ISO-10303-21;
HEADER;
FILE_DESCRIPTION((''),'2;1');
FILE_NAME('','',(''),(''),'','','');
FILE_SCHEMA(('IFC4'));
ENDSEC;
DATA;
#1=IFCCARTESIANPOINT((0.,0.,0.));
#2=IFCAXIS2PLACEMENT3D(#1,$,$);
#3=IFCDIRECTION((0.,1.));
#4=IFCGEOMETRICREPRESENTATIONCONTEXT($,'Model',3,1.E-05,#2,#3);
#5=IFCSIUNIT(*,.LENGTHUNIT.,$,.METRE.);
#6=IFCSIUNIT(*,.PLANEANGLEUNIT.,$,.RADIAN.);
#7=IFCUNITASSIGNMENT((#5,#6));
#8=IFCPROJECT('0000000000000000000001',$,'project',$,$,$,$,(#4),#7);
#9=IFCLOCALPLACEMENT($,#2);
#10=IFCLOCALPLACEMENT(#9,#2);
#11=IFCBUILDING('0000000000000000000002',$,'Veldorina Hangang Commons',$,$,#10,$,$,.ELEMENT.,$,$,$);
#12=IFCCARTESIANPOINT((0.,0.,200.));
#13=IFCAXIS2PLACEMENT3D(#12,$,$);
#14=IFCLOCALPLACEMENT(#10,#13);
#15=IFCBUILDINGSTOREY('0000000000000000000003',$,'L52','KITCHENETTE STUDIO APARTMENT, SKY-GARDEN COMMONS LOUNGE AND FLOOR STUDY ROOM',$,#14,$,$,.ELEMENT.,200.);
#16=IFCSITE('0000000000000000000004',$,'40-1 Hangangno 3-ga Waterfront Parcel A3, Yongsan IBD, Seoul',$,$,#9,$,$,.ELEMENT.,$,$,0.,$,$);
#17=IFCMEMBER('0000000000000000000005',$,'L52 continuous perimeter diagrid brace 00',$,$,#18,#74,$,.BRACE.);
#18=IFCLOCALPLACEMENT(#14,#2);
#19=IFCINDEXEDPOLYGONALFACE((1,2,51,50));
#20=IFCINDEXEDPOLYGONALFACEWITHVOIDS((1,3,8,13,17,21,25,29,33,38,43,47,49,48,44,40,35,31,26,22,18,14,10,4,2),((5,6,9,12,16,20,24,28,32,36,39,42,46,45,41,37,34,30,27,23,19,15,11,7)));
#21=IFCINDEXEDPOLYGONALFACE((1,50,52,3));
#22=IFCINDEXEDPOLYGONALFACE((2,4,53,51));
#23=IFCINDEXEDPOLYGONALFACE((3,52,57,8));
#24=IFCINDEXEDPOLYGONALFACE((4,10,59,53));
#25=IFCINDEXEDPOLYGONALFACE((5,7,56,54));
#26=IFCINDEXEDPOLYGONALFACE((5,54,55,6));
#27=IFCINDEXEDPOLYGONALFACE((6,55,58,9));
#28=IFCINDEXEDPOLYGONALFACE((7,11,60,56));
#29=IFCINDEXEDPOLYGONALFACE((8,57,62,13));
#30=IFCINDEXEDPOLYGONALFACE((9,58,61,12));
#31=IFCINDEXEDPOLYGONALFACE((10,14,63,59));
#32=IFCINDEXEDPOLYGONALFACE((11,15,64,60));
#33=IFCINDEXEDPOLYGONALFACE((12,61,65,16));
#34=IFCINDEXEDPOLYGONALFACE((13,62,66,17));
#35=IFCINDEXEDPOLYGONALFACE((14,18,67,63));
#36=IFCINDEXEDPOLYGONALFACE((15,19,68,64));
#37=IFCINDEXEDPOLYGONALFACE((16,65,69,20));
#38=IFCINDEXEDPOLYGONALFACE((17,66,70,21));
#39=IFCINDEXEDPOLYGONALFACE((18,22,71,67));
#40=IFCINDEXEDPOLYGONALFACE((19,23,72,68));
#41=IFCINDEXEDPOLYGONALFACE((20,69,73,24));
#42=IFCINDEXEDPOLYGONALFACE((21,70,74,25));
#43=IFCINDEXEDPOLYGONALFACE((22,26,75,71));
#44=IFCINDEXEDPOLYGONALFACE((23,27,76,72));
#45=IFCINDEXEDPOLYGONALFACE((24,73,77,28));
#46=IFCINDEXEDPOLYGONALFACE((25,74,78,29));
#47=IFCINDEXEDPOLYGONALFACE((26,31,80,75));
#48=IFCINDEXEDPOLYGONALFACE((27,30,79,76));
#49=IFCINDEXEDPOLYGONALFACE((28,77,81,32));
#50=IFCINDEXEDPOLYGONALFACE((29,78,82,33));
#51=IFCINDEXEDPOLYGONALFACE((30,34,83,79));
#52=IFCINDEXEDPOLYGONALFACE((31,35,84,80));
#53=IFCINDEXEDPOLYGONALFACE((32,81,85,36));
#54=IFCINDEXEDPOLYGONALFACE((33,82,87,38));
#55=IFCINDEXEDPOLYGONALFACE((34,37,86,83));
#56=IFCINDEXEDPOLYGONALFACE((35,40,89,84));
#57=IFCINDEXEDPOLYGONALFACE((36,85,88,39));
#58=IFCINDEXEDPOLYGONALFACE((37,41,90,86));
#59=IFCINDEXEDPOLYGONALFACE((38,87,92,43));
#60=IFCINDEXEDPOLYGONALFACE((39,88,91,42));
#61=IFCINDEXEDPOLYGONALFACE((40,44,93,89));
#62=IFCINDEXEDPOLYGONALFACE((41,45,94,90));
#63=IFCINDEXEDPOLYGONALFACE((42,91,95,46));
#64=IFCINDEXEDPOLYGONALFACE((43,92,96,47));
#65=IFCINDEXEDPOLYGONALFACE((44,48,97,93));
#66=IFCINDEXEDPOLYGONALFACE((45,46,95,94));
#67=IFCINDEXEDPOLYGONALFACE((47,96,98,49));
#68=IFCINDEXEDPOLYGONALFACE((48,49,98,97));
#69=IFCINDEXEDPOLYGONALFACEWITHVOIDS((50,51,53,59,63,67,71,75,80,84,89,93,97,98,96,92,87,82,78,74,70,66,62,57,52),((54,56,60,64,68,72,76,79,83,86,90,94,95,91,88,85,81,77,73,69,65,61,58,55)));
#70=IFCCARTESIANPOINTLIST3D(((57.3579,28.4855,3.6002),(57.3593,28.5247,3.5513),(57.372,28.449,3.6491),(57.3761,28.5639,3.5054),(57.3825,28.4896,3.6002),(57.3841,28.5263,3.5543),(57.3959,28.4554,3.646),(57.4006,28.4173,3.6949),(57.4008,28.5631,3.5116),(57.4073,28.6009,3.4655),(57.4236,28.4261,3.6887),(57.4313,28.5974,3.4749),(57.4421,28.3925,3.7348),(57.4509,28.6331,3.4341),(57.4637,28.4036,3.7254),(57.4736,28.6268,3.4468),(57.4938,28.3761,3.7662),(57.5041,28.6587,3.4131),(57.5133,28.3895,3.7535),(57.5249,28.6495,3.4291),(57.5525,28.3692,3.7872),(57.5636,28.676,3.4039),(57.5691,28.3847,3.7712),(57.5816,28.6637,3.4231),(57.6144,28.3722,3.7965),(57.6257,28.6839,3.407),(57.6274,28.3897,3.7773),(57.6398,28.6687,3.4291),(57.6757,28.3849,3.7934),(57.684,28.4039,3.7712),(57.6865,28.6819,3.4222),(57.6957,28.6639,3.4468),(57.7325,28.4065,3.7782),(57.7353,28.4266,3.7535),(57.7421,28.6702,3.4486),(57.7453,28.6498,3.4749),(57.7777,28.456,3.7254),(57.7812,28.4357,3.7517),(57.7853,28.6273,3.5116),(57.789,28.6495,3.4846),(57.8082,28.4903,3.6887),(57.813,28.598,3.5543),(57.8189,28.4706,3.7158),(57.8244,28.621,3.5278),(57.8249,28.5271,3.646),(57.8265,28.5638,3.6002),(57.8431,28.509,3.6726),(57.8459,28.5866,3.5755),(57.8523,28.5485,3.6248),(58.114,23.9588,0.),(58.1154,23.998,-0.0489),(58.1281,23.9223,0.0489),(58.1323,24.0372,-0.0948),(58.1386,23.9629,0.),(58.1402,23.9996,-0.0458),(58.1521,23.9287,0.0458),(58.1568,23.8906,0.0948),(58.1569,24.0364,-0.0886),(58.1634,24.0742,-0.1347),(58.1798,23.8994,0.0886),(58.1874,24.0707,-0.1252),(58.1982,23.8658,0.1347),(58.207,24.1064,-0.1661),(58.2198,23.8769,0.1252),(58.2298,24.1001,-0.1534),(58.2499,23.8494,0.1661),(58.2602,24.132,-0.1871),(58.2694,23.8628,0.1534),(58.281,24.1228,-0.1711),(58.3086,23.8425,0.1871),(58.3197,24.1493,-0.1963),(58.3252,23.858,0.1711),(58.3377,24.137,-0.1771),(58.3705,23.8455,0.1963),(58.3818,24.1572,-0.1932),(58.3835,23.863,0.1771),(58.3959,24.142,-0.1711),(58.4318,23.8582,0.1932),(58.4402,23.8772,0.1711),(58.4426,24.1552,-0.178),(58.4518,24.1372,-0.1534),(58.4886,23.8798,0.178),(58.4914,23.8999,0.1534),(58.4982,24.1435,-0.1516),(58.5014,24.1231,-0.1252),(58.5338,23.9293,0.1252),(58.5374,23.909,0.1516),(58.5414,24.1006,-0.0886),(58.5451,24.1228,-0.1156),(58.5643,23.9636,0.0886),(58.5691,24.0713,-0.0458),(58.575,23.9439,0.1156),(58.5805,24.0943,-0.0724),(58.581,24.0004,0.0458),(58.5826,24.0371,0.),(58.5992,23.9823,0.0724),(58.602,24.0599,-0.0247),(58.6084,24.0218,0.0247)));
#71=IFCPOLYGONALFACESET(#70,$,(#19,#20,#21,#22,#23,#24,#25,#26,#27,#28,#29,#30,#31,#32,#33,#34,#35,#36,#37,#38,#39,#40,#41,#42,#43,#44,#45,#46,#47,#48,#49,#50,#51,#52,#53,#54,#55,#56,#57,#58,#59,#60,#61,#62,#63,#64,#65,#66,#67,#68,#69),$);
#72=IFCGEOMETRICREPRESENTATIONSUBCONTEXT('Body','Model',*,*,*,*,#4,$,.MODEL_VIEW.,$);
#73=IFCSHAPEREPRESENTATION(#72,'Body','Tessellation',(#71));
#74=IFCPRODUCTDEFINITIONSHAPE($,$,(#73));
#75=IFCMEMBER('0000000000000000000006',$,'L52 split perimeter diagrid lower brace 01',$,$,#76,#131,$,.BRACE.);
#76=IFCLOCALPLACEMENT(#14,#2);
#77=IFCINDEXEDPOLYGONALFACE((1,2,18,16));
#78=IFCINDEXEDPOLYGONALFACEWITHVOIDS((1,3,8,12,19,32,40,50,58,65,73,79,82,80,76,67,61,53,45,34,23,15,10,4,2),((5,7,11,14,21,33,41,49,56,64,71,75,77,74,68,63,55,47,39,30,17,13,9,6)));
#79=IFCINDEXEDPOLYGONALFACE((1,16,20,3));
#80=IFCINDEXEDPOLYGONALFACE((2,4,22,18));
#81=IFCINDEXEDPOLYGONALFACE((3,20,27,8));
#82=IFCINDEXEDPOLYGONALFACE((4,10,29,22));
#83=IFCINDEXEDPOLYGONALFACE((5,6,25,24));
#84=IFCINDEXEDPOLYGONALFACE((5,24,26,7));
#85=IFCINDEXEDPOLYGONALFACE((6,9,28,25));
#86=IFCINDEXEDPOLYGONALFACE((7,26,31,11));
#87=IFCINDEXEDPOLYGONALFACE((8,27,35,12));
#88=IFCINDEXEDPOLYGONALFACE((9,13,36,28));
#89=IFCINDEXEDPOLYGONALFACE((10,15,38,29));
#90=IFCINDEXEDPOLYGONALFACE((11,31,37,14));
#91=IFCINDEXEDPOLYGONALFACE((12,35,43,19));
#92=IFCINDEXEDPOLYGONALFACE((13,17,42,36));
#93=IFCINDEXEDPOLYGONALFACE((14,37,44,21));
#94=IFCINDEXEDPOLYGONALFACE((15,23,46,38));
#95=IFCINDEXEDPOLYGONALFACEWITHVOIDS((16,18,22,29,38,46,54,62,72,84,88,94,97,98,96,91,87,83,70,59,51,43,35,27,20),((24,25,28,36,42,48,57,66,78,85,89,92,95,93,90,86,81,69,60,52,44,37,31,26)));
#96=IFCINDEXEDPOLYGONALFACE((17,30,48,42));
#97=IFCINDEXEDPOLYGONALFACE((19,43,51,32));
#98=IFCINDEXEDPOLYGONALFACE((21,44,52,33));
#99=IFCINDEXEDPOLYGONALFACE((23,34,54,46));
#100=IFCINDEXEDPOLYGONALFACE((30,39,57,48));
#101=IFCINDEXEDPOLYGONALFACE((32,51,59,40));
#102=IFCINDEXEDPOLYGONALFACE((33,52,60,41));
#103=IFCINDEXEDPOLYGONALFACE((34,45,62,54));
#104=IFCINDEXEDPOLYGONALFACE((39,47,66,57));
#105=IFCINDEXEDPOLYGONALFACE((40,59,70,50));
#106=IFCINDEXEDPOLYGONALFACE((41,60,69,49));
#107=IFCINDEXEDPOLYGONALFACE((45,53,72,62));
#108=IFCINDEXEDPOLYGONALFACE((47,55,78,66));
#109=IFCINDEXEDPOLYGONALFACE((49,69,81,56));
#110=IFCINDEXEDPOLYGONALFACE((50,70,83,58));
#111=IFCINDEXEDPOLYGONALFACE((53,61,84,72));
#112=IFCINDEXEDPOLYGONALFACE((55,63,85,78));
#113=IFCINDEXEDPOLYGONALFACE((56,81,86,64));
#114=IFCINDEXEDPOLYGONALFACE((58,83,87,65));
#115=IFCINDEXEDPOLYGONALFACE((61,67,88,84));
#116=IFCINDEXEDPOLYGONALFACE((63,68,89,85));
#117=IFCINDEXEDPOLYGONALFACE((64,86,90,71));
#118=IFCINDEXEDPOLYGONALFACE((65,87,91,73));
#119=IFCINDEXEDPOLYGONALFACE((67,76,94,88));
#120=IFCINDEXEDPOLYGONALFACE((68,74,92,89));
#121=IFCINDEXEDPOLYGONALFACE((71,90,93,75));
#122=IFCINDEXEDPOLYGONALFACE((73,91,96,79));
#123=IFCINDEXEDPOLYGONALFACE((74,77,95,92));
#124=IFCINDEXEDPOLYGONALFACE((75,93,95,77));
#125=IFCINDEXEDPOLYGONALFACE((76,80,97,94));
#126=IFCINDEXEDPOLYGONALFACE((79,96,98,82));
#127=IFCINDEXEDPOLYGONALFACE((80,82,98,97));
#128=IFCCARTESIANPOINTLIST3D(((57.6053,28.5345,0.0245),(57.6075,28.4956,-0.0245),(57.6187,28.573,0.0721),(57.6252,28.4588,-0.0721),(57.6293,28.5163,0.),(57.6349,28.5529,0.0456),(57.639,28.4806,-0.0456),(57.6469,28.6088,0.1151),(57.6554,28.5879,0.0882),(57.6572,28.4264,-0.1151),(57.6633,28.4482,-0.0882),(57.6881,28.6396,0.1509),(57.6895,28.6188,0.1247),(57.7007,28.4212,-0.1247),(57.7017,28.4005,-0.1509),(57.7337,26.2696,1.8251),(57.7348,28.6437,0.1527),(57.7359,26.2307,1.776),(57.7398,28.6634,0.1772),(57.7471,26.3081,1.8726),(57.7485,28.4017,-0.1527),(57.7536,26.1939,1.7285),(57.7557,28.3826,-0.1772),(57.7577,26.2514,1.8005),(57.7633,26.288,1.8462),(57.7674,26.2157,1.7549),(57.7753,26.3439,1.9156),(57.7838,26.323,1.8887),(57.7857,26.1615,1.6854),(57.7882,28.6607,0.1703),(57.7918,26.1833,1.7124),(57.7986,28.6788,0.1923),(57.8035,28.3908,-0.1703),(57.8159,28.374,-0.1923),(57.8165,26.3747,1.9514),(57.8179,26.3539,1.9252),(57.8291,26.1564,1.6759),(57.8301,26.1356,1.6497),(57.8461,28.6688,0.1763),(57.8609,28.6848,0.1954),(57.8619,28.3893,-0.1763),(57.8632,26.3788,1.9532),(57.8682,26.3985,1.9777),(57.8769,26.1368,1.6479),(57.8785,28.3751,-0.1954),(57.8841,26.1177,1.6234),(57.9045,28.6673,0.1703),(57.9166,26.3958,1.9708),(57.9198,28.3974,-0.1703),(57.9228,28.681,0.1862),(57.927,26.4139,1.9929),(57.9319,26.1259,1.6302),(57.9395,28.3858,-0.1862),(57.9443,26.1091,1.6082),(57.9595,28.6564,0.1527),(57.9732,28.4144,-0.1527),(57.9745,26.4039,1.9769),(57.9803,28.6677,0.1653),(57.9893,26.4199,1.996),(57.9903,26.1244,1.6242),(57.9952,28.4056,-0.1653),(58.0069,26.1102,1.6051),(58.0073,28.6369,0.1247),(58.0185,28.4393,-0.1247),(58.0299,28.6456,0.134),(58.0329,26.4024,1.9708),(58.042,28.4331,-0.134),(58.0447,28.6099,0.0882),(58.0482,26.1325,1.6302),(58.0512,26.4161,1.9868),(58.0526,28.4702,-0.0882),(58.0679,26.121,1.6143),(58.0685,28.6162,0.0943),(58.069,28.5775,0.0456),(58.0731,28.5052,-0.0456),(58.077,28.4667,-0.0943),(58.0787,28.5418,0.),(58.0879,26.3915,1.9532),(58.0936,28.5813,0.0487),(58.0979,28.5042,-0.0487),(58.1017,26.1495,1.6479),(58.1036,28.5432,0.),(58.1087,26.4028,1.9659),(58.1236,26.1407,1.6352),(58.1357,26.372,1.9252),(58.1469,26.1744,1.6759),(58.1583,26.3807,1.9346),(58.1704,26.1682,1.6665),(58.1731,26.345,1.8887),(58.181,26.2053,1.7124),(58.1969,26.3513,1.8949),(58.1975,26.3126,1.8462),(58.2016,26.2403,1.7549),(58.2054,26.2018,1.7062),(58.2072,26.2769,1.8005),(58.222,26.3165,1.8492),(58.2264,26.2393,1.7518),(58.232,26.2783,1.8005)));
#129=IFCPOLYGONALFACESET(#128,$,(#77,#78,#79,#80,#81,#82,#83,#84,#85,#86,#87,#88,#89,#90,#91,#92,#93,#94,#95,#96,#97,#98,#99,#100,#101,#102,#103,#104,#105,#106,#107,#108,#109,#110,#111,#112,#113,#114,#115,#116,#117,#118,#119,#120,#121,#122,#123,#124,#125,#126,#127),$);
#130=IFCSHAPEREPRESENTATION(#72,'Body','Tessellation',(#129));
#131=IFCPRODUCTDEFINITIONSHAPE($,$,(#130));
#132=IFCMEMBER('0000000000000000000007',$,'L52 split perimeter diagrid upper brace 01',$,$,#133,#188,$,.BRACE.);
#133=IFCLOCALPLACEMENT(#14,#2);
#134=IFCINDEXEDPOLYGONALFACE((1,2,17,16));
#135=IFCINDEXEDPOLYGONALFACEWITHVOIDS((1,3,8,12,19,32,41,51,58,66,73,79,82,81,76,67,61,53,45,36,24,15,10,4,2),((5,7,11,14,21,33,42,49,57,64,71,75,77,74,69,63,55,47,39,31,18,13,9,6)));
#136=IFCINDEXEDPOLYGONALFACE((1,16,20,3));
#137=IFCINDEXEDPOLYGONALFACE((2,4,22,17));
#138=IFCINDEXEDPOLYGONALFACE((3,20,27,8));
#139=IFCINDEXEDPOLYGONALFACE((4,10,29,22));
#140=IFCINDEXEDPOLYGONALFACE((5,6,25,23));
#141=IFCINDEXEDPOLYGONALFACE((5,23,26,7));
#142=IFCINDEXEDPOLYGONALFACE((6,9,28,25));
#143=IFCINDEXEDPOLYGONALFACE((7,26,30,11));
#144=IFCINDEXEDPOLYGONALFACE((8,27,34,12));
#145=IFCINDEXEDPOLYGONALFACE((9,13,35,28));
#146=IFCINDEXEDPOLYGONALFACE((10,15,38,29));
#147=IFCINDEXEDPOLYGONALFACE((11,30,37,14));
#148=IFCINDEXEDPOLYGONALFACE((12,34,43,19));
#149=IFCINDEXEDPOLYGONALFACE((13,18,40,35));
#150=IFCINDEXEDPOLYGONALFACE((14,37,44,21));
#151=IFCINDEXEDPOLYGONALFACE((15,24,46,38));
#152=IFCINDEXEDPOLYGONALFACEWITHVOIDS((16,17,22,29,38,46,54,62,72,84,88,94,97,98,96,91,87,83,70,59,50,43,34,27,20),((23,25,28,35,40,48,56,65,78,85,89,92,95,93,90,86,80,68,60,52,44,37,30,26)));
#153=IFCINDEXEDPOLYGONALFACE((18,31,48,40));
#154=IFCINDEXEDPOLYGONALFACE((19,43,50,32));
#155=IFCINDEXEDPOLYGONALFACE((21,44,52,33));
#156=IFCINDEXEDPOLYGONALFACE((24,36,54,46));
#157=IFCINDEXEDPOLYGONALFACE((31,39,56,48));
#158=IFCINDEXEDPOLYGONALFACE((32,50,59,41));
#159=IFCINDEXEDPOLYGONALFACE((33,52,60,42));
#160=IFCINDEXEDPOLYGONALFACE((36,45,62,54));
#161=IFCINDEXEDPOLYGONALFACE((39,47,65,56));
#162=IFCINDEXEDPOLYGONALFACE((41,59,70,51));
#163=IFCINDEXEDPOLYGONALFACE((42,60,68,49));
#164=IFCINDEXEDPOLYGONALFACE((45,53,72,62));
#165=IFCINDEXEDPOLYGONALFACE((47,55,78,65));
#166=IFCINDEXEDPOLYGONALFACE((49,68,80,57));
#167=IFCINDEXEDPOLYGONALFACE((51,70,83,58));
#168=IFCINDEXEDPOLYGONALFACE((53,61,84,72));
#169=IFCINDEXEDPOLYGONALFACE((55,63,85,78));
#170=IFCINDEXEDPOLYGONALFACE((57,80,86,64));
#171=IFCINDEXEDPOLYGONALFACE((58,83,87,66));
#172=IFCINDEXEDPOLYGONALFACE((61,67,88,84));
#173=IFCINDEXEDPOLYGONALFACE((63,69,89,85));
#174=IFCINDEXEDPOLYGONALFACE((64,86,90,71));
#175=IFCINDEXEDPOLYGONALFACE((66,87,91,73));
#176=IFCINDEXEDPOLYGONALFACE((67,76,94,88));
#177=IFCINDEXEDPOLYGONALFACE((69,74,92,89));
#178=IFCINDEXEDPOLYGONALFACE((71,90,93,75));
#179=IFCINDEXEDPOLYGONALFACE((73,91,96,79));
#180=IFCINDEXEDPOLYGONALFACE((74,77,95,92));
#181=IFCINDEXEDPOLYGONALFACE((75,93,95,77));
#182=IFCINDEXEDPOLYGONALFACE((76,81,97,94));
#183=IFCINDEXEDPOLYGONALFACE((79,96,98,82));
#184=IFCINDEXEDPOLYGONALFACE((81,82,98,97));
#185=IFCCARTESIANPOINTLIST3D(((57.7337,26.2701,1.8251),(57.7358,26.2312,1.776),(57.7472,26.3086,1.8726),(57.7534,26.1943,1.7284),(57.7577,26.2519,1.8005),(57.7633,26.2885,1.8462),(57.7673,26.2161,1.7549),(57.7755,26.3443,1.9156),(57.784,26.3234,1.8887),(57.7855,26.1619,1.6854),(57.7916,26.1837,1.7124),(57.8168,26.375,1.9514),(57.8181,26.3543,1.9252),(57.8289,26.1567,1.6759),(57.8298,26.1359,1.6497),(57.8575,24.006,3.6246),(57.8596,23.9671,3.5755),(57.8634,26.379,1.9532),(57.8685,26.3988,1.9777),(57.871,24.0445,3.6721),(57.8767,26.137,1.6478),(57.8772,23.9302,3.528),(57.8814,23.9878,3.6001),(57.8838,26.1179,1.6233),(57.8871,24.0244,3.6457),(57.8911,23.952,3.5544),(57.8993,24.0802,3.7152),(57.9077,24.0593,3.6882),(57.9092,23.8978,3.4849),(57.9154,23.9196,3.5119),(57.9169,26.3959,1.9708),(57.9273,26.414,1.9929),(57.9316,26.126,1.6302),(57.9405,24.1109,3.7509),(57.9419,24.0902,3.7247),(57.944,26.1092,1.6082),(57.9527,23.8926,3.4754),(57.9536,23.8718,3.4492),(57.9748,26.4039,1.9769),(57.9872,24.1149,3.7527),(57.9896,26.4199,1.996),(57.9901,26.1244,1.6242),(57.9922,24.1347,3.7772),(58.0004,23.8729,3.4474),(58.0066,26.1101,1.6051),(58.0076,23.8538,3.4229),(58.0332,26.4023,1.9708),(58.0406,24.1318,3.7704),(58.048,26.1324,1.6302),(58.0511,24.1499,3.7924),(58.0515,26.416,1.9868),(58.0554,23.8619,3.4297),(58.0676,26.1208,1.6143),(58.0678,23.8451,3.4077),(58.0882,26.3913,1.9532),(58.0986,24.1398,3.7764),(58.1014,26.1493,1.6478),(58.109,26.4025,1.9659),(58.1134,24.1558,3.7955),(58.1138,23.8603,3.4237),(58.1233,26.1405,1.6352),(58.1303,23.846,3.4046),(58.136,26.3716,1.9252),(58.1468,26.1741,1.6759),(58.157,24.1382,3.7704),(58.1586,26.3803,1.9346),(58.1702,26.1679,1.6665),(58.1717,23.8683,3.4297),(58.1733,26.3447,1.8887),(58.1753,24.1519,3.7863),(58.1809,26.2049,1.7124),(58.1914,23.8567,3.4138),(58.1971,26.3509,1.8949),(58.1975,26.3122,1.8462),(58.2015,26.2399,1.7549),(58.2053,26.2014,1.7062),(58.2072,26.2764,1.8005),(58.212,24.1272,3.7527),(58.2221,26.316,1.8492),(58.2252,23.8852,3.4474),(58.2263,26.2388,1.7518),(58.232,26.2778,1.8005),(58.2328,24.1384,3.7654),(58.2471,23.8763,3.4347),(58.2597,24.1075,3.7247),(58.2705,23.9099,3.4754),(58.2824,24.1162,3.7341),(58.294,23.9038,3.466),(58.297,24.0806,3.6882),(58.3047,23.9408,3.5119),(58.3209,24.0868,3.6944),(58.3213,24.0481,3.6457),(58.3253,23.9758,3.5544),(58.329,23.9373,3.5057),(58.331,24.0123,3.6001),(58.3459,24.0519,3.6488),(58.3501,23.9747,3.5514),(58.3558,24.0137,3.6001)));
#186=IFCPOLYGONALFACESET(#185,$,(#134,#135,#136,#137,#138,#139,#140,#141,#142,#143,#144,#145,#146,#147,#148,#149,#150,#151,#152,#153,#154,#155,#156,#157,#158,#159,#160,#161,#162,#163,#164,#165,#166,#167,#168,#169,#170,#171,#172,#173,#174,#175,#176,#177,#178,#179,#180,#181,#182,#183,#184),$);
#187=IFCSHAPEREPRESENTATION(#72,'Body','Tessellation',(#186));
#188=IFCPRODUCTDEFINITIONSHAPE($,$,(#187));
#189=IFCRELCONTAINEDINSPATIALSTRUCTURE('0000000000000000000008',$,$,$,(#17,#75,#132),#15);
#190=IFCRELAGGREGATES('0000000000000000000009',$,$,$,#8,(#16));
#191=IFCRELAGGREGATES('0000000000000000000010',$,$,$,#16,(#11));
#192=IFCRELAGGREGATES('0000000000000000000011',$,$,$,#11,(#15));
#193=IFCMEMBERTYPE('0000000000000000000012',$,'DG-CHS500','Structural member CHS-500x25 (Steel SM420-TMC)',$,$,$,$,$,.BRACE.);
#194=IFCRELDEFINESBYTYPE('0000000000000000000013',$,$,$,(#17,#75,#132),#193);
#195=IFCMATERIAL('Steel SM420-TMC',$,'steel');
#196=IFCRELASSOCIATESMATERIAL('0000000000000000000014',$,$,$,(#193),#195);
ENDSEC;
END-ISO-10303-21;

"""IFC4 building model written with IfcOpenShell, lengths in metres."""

from ifc_helpers import new_model, si_unit, direction, frame, origin, origin_2d, place, context, subcontext, project, spatial, hollow_circle, extrude, material, material_profile, profile_set, type_object, element, save


model = new_model("IFC4")

# Units and contexts
model_context = context("Model", 3, precision=1e-05, world=origin(), true_north=direction((0.0, 1.0)))
body_context = subcontext(model_context, "Body", "Model", "MODEL_VIEW")
ifc_project = project(units=[si_unit("LENGTHUNIT", "METRE"), si_unit("PLANEANGLEUNIT", "RADIAN")], contexts=[model_context])

# Site, building, storey
site_placement = place(None, origin())
site = spatial("IfcSite", under=ifc_project, at=site_placement, Name="40-1 Hangangno 3-ga Waterfront Parcel A3, Yongsan IBD, Seoul", CompositionType="ELEMENT", RefElevation=0.0)
building_placement = place(site_placement, origin())
building = spatial("IfcBuilding", under=site, at=building_placement, Name="Veldorina Hangang Commons", CompositionType="ELEMENT")
storey_placement = place(building_placement, frame((0.0, 0.0, 200.0)))
storey = spatial("IfcBuildingStorey", under=building, at=storey_placement, Name="L52", Description="KITCHENETTE STUDIO APARTMENT, SKY-GARDEN COMMONS LOUNGE AND FLOOR STUDY ROOM", CompositionType="ELEMENT", Elevation=200.0)

# Shared definitions
ifc_material_1 = material(Name="Steel SM420-TMC", Category="steel")

# Members
ifc_material_profile_1 = material_profile(ifc_material_1, hollow_circle(Radius=0.25, WallThickness=0.0249, at=origin_2d()), Name="CHS-500x25")
ifc_profile_set_1 = profile_set([ifc_material_profile_1], Name="Steel SM420-TMC")
member_type_1 = type_object("IfcMemberType", Name="DG-CHS500", Description="Structural member CHS-500x25 (Steel SM420-TMC)", PredefinedType="BRACE", material=ifc_profile_set_1)
member_1_placement = place(storey_placement, frame((58.3606, 24.0, 0.0), z_axis=(-0.129628, 0.776049, 0.617207), x_axis=(-0.986335, -0.164753, 0.0)))
element("IfcMember", 1, at=member_1_placement, inside=storey, type_object=member_type_1, Name="L52 continuous perimeter diagrid brace 00", PredefinedType="BRACE", context=body_context, shape_type="SweptSolid", body=[
    extrude(hollow_circle(Radius=0.25, WallThickness=0.0249, at=origin_2d()), origin(), (0.0, 0.0, 1.0), 5.833),
])
member_2_placement = place(storey_placement, frame((57.854, 28.5291, 0.0), z_axis=(0.04434, -0.782013, 0.621682), x_axis=(0.998396, 0.056608, 0.0)))
element("IfcMember", 2, at=member_2_placement, inside=storey, type_object=member_type_1, Name="L52 split perimeter diagrid lower brace 01", PredefinedType="BRACE", context=body_context, shape_type="SweptSolid", body=[
    extrude(hollow_circle(Radius=0.25, WallThickness=0.0249, at=origin_2d()), origin(), (0.0, 0.0, 1.0), 2.8962),
])
member_3_placement = place(storey_placement, frame((57.9824, 26.2642, 1.8005), z_axis=(0.042758, -0.782134, 0.621642), x_axis=(0.998509, 0.054587, 0.0)))
element("IfcMember", 3, at=member_3_placement, inside=storey, type_object=member_type_1, Name="L52 split perimeter diagrid upper brace 01", PredefinedType="BRACE", context=body_context, shape_type="SweptSolid", body=[
    extrude(hollow_circle(Radius=0.25, WallThickness=0.0249, at=origin_2d()), origin(), (0.0, 0.0, 1.0), 2.8948),
])

save(model, "model.ifc")
